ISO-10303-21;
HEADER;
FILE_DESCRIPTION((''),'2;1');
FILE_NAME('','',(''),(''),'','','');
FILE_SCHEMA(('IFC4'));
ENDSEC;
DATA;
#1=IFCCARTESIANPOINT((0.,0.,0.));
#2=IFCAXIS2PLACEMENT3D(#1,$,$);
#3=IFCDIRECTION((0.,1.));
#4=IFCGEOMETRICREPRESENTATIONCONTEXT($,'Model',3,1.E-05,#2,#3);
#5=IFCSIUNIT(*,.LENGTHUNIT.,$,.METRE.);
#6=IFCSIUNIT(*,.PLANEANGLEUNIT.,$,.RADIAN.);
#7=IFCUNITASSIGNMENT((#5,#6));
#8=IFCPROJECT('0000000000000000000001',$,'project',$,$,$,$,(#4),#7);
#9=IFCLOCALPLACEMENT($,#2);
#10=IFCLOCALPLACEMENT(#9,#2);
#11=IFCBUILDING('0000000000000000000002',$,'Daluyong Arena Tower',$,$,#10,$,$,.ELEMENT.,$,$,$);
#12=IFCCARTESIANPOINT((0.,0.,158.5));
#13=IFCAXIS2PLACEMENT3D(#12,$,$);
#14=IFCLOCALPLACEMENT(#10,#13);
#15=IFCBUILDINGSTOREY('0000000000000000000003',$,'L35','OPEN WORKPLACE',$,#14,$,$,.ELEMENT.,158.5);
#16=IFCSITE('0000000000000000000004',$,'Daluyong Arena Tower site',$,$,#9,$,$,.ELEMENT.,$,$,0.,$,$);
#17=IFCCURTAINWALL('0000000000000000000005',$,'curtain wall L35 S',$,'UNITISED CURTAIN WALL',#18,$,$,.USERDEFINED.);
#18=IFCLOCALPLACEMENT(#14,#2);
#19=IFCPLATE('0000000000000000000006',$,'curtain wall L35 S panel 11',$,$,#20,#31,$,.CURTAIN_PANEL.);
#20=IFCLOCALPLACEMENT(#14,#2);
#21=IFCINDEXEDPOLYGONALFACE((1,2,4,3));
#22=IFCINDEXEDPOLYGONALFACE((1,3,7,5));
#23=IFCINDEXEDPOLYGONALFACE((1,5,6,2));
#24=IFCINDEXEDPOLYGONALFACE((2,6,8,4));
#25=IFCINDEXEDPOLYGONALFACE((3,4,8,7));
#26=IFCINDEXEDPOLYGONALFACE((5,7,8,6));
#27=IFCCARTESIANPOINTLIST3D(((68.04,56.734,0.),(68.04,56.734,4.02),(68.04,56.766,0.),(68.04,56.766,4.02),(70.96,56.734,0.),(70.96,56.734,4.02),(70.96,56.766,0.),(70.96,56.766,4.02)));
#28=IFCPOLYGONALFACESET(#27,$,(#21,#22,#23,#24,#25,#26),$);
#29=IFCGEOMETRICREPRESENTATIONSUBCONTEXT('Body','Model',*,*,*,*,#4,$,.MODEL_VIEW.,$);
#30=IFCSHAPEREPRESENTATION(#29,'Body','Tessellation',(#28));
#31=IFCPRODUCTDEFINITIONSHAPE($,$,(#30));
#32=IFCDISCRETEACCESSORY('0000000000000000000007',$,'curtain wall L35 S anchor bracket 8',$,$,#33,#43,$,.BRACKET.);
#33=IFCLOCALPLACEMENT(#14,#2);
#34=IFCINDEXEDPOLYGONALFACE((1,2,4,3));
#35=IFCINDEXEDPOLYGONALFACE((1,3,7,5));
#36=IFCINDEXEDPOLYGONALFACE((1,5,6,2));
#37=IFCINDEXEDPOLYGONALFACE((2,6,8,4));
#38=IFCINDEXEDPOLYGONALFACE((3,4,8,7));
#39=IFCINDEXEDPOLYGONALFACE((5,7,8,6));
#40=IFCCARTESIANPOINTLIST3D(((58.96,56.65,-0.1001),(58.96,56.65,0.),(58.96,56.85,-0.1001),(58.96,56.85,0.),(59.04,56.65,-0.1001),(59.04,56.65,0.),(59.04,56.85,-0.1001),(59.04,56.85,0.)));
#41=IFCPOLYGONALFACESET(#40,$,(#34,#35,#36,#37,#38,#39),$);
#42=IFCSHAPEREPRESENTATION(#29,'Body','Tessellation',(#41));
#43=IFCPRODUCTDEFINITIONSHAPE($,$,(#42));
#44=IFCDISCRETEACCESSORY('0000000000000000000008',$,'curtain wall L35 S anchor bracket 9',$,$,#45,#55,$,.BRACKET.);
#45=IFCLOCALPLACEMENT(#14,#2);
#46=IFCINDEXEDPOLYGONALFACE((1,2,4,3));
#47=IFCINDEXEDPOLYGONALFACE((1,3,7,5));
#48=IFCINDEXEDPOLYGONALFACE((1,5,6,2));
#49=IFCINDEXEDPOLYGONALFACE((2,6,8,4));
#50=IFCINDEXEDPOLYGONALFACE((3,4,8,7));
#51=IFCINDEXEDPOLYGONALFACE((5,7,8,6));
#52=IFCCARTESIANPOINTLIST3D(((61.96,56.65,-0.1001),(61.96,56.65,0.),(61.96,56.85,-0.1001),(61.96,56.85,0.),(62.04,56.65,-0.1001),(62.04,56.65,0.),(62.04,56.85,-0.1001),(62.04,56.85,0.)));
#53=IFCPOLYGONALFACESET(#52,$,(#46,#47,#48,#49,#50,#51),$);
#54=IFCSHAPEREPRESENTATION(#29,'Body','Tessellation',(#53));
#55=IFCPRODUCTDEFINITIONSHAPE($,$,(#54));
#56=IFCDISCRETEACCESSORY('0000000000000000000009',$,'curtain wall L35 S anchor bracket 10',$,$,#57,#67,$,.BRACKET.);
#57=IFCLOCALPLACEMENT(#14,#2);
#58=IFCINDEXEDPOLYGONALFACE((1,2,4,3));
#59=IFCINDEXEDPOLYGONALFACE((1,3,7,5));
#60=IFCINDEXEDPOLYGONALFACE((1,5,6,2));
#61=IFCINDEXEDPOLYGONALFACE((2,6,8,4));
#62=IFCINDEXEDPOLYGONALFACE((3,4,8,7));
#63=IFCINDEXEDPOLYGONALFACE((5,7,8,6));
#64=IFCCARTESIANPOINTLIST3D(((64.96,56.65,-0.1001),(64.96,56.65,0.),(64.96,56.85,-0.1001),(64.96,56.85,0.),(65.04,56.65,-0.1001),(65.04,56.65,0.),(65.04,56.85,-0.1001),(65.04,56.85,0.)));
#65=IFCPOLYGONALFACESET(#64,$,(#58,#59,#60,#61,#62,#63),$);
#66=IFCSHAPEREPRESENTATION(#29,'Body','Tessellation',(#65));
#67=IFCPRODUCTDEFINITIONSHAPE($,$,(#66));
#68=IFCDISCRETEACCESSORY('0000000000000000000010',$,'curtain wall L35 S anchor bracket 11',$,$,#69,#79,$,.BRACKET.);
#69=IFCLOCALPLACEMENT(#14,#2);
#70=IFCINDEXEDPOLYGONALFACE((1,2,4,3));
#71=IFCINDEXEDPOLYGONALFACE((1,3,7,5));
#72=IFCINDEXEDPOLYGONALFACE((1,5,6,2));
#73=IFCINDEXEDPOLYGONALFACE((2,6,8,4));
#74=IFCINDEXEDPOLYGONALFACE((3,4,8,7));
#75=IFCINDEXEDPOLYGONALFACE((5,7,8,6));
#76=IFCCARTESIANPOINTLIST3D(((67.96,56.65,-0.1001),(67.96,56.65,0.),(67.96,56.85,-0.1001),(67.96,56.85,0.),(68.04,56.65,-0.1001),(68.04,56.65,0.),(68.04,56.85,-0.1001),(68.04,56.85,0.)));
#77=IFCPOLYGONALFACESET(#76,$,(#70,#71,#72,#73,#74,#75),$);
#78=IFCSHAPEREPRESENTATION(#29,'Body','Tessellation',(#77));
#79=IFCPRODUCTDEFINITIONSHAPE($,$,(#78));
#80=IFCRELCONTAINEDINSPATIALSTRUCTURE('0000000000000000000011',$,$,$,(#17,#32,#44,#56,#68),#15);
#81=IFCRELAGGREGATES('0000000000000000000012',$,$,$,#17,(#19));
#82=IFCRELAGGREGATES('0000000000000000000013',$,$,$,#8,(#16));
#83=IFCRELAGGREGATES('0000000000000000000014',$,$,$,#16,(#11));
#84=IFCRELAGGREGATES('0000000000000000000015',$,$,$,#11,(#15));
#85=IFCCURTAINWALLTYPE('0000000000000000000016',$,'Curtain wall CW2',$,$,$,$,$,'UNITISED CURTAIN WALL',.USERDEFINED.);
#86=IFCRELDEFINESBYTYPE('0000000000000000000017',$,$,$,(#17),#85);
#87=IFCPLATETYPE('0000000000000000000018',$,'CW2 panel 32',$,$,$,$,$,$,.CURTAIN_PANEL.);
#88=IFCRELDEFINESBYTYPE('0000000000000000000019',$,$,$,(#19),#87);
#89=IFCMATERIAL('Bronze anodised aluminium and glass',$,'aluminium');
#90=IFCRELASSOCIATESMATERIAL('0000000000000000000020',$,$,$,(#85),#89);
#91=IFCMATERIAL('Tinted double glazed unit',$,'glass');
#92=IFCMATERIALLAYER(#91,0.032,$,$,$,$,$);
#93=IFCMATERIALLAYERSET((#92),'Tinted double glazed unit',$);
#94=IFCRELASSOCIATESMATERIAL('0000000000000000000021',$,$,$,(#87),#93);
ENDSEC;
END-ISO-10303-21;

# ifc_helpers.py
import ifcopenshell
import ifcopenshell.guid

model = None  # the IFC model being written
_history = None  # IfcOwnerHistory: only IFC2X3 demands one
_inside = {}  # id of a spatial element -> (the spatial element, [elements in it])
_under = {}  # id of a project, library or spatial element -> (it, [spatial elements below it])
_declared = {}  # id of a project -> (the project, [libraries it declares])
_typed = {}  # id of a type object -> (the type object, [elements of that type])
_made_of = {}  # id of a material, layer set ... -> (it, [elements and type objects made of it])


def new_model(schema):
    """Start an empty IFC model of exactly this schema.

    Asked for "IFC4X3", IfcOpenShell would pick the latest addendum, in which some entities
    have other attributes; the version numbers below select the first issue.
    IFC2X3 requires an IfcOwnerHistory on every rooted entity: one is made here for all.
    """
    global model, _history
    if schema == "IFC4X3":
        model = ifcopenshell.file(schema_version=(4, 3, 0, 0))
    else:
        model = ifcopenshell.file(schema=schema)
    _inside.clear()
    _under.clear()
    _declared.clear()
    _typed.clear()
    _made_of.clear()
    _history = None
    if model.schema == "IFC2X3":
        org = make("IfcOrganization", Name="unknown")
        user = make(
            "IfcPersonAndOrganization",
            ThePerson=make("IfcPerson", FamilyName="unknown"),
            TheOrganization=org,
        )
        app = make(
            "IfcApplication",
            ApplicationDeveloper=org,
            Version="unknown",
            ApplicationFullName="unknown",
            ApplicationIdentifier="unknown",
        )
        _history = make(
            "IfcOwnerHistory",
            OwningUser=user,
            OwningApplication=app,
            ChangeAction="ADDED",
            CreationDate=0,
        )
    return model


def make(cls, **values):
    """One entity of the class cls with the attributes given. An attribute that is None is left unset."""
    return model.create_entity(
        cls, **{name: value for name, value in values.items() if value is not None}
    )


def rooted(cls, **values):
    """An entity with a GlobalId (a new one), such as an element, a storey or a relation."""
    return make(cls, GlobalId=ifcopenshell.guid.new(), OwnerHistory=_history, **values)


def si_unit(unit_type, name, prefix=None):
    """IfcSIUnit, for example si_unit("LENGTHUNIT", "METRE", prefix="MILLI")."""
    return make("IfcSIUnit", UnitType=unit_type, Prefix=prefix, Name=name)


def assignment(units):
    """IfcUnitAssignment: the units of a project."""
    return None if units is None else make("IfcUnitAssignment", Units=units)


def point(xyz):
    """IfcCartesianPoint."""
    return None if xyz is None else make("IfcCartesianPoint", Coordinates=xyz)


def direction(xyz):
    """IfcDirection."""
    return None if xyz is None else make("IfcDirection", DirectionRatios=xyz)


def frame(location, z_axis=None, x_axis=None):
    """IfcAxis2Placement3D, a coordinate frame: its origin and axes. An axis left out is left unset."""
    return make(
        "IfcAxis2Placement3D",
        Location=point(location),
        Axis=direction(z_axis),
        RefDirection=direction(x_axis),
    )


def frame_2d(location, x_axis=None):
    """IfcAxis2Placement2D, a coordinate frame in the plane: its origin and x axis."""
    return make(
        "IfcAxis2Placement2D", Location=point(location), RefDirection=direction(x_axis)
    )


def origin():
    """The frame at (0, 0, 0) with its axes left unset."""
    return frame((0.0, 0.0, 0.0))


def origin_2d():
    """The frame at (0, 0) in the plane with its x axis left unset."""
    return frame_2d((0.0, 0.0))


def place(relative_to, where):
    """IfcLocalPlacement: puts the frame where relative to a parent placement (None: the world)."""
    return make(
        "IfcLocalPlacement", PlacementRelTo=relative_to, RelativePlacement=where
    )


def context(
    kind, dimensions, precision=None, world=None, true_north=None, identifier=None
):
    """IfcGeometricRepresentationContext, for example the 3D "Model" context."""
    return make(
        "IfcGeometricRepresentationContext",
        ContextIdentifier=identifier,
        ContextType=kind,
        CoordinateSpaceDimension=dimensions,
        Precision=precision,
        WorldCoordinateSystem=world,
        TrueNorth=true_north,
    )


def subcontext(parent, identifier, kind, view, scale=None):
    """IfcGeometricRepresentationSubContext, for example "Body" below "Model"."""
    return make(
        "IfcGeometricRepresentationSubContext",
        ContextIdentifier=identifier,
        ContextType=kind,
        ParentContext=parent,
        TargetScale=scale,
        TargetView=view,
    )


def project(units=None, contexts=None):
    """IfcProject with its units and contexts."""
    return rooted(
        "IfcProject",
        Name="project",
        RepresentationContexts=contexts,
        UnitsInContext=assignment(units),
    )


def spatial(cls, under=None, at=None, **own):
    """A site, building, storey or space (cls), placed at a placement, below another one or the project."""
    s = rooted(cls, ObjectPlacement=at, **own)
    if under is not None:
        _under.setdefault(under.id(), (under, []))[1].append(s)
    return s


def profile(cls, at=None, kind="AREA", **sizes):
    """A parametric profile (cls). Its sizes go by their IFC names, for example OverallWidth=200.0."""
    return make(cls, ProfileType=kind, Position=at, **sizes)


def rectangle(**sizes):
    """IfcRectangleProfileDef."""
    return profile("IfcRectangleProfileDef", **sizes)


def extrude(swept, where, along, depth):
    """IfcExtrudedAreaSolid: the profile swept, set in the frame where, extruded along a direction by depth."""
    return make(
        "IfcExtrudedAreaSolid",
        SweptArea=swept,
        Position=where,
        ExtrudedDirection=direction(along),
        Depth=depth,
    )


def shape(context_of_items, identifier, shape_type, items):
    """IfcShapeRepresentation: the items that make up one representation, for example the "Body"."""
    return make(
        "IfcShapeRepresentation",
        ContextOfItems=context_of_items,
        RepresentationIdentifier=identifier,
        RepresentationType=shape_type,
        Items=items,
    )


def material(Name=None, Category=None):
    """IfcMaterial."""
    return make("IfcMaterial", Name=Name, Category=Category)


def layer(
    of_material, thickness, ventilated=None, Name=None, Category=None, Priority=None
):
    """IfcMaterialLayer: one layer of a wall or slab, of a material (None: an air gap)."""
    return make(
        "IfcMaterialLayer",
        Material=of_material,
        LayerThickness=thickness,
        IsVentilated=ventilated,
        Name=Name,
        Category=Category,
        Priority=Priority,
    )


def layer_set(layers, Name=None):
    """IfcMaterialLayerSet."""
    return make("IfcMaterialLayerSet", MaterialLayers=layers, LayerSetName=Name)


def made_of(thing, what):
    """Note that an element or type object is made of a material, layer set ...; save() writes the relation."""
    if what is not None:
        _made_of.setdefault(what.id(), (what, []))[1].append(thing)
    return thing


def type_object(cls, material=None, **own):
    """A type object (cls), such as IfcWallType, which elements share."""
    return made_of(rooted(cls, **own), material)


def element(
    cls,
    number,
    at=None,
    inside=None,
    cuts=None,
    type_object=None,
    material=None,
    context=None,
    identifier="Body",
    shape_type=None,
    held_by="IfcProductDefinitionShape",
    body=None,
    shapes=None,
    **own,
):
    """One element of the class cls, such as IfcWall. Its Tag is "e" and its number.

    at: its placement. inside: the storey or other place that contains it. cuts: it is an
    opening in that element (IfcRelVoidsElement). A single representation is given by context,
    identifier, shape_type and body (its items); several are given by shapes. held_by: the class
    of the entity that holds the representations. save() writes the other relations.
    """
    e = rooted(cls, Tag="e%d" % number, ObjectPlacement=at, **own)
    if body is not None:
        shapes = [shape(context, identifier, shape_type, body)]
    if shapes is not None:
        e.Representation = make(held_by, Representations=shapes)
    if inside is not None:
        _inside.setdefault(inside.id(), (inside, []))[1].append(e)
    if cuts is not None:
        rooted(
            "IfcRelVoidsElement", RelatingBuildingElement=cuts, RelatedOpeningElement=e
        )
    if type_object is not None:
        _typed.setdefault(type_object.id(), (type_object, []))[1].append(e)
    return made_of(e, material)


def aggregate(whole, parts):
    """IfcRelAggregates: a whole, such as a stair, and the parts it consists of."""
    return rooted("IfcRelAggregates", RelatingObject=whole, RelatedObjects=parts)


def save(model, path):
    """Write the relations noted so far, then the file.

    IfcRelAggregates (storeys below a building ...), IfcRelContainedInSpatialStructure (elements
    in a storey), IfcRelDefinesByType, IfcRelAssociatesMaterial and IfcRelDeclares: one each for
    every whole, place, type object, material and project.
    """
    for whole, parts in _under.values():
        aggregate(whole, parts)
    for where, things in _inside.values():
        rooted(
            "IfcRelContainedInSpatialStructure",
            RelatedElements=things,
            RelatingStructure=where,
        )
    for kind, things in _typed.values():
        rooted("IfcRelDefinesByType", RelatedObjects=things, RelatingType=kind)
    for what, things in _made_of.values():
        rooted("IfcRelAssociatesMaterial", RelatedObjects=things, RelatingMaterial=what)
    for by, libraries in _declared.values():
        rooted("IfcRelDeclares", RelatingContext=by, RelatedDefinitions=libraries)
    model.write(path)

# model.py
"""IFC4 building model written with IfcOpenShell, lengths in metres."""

from ifc_helpers import new_model, si_unit, direction, frame, origin, origin_2d, place, context, subcontext, project, spatial, rectangle, extrude, material, layer, layer_set, type_object, element, aggregate, save


model = new_model("IFC4")

# Units and contexts
model_context = context("Model", 3, precision=1e-05, world=origin(), true_north=direction((0.0, 1.0)))
body_context = subcontext(model_context, "Body", "Model", "MODEL_VIEW")
ifc_project = project(units=[si_unit("LENGTHUNIT", "METRE"), si_unit("PLANEANGLEUNIT", "RADIAN")], contexts=[model_context])

# Site, building, storey
site_placement = place(None, origin())
site = spatial("IfcSite", under=ifc_project, at=site_placement, Name="Daluyong Arena Tower site", CompositionType="ELEMENT", RefElevation=0.0)
building_placement = place(site_placement, origin())
building = spatial("IfcBuilding", under=site, at=building_placement, Name="Daluyong Arena Tower", CompositionType="ELEMENT")
storey_placement = place(building_placement, frame((0.0, 0.0, 158.5)))
storey = spatial("IfcBuildingStorey", under=building, at=storey_placement, Name="L35", Description="OPEN WORKPLACE", CompositionType="ELEMENT", Elevation=158.5)

# Curtain wall
ifc_material_1 = material(Name="Bronze anodised aluminium and glass", Category="aluminium")
curtain_wall_type = type_object("IfcCurtainWallType", Name="Curtain wall CW2", ElementType="UNITISED CURTAIN WALL", PredefinedType="USERDEFINED", material=ifc_material_1)
curtain_wall_placement = place(storey_placement, origin())
curtain_wall = element("IfcCurtainWall", 1, at=curtain_wall_placement, inside=storey, type_object=curtain_wall_type, Name="curtain wall L35 S", ObjectType="UNITISED CURTAIN WALL", PredefinedType="USERDEFINED")

# Plate
ifc_material_2 = material(Name="Tinted double glazed unit", Category="glass")
ifc_layer = layer(ifc_material_2, 0.032)
ifc_layer_set = layer_set([ifc_layer], Name="Tinted double glazed unit")
plate_type = type_object("IfcPlateType", Name="CW2 panel 32", PredefinedType="CURTAIN_PANEL", material=ifc_layer_set)
plate_1_placement = place(storey_placement, frame((69.5, 56.75, 0.0), z_axis=(0.0, 0.0, 1.0), x_axis=(1.0, 0.0, 0.0)))
plate_1 = element("IfcPlate", 2, at=plate_1_placement, type_object=plate_type, Name="curtain wall L35 S panel 11", PredefinedType="CURTAIN_PANEL", context=body_context, shape_type="SweptSolid", body=[
    extrude(rectangle(XDim=2.9199, YDim=0.032, at=origin_2d()), origin(), (0.0, 0.0, 1.0), 4.02),
])
aggregate(curtain_wall, [plate_1])

# Discrete accessories
for number, where, z_axis, x_axis, name in (
    (3, (59.0, 56.75, -0.1001), (0.0, 0.0, 1.0), (1.0, 0.0, 0.0), "curtain wall L35 S anchor bracket 8"),
    (4, (62.0, 56.75, -0.1001), (0.0, 0.0, 1.0), (1.0, 0.0, 0.0), "curtain wall L35 S anchor bracket 9"),
    (5, (65.0, 56.75, -0.1001), (0.0, 0.0, 1.0), (1.0, 0.0, 0.0), "curtain wall L35 S anchor bracket 10"),
    (6, (68.0, 56.75, -0.1001), (0.0, 0.0, 1.0), (1.0, 0.0, 0.0), "curtain wall L35 S anchor bracket 11"),
):
    element("IfcDiscreteAccessory", number, at=place(storey_placement, frame(where, z_axis=z_axis, x_axis=x_axis)), inside=storey, Name=name, PredefinedType="BRACKET", context=body_context, shape_type="SweptSolid", body=[
        extrude(rectangle(XDim=0.0801, YDim=0.2, at=origin_2d()), origin(), (0.0, 0.0, 1.0), 0.1001),
    ])

save(model, "model.ifc")
